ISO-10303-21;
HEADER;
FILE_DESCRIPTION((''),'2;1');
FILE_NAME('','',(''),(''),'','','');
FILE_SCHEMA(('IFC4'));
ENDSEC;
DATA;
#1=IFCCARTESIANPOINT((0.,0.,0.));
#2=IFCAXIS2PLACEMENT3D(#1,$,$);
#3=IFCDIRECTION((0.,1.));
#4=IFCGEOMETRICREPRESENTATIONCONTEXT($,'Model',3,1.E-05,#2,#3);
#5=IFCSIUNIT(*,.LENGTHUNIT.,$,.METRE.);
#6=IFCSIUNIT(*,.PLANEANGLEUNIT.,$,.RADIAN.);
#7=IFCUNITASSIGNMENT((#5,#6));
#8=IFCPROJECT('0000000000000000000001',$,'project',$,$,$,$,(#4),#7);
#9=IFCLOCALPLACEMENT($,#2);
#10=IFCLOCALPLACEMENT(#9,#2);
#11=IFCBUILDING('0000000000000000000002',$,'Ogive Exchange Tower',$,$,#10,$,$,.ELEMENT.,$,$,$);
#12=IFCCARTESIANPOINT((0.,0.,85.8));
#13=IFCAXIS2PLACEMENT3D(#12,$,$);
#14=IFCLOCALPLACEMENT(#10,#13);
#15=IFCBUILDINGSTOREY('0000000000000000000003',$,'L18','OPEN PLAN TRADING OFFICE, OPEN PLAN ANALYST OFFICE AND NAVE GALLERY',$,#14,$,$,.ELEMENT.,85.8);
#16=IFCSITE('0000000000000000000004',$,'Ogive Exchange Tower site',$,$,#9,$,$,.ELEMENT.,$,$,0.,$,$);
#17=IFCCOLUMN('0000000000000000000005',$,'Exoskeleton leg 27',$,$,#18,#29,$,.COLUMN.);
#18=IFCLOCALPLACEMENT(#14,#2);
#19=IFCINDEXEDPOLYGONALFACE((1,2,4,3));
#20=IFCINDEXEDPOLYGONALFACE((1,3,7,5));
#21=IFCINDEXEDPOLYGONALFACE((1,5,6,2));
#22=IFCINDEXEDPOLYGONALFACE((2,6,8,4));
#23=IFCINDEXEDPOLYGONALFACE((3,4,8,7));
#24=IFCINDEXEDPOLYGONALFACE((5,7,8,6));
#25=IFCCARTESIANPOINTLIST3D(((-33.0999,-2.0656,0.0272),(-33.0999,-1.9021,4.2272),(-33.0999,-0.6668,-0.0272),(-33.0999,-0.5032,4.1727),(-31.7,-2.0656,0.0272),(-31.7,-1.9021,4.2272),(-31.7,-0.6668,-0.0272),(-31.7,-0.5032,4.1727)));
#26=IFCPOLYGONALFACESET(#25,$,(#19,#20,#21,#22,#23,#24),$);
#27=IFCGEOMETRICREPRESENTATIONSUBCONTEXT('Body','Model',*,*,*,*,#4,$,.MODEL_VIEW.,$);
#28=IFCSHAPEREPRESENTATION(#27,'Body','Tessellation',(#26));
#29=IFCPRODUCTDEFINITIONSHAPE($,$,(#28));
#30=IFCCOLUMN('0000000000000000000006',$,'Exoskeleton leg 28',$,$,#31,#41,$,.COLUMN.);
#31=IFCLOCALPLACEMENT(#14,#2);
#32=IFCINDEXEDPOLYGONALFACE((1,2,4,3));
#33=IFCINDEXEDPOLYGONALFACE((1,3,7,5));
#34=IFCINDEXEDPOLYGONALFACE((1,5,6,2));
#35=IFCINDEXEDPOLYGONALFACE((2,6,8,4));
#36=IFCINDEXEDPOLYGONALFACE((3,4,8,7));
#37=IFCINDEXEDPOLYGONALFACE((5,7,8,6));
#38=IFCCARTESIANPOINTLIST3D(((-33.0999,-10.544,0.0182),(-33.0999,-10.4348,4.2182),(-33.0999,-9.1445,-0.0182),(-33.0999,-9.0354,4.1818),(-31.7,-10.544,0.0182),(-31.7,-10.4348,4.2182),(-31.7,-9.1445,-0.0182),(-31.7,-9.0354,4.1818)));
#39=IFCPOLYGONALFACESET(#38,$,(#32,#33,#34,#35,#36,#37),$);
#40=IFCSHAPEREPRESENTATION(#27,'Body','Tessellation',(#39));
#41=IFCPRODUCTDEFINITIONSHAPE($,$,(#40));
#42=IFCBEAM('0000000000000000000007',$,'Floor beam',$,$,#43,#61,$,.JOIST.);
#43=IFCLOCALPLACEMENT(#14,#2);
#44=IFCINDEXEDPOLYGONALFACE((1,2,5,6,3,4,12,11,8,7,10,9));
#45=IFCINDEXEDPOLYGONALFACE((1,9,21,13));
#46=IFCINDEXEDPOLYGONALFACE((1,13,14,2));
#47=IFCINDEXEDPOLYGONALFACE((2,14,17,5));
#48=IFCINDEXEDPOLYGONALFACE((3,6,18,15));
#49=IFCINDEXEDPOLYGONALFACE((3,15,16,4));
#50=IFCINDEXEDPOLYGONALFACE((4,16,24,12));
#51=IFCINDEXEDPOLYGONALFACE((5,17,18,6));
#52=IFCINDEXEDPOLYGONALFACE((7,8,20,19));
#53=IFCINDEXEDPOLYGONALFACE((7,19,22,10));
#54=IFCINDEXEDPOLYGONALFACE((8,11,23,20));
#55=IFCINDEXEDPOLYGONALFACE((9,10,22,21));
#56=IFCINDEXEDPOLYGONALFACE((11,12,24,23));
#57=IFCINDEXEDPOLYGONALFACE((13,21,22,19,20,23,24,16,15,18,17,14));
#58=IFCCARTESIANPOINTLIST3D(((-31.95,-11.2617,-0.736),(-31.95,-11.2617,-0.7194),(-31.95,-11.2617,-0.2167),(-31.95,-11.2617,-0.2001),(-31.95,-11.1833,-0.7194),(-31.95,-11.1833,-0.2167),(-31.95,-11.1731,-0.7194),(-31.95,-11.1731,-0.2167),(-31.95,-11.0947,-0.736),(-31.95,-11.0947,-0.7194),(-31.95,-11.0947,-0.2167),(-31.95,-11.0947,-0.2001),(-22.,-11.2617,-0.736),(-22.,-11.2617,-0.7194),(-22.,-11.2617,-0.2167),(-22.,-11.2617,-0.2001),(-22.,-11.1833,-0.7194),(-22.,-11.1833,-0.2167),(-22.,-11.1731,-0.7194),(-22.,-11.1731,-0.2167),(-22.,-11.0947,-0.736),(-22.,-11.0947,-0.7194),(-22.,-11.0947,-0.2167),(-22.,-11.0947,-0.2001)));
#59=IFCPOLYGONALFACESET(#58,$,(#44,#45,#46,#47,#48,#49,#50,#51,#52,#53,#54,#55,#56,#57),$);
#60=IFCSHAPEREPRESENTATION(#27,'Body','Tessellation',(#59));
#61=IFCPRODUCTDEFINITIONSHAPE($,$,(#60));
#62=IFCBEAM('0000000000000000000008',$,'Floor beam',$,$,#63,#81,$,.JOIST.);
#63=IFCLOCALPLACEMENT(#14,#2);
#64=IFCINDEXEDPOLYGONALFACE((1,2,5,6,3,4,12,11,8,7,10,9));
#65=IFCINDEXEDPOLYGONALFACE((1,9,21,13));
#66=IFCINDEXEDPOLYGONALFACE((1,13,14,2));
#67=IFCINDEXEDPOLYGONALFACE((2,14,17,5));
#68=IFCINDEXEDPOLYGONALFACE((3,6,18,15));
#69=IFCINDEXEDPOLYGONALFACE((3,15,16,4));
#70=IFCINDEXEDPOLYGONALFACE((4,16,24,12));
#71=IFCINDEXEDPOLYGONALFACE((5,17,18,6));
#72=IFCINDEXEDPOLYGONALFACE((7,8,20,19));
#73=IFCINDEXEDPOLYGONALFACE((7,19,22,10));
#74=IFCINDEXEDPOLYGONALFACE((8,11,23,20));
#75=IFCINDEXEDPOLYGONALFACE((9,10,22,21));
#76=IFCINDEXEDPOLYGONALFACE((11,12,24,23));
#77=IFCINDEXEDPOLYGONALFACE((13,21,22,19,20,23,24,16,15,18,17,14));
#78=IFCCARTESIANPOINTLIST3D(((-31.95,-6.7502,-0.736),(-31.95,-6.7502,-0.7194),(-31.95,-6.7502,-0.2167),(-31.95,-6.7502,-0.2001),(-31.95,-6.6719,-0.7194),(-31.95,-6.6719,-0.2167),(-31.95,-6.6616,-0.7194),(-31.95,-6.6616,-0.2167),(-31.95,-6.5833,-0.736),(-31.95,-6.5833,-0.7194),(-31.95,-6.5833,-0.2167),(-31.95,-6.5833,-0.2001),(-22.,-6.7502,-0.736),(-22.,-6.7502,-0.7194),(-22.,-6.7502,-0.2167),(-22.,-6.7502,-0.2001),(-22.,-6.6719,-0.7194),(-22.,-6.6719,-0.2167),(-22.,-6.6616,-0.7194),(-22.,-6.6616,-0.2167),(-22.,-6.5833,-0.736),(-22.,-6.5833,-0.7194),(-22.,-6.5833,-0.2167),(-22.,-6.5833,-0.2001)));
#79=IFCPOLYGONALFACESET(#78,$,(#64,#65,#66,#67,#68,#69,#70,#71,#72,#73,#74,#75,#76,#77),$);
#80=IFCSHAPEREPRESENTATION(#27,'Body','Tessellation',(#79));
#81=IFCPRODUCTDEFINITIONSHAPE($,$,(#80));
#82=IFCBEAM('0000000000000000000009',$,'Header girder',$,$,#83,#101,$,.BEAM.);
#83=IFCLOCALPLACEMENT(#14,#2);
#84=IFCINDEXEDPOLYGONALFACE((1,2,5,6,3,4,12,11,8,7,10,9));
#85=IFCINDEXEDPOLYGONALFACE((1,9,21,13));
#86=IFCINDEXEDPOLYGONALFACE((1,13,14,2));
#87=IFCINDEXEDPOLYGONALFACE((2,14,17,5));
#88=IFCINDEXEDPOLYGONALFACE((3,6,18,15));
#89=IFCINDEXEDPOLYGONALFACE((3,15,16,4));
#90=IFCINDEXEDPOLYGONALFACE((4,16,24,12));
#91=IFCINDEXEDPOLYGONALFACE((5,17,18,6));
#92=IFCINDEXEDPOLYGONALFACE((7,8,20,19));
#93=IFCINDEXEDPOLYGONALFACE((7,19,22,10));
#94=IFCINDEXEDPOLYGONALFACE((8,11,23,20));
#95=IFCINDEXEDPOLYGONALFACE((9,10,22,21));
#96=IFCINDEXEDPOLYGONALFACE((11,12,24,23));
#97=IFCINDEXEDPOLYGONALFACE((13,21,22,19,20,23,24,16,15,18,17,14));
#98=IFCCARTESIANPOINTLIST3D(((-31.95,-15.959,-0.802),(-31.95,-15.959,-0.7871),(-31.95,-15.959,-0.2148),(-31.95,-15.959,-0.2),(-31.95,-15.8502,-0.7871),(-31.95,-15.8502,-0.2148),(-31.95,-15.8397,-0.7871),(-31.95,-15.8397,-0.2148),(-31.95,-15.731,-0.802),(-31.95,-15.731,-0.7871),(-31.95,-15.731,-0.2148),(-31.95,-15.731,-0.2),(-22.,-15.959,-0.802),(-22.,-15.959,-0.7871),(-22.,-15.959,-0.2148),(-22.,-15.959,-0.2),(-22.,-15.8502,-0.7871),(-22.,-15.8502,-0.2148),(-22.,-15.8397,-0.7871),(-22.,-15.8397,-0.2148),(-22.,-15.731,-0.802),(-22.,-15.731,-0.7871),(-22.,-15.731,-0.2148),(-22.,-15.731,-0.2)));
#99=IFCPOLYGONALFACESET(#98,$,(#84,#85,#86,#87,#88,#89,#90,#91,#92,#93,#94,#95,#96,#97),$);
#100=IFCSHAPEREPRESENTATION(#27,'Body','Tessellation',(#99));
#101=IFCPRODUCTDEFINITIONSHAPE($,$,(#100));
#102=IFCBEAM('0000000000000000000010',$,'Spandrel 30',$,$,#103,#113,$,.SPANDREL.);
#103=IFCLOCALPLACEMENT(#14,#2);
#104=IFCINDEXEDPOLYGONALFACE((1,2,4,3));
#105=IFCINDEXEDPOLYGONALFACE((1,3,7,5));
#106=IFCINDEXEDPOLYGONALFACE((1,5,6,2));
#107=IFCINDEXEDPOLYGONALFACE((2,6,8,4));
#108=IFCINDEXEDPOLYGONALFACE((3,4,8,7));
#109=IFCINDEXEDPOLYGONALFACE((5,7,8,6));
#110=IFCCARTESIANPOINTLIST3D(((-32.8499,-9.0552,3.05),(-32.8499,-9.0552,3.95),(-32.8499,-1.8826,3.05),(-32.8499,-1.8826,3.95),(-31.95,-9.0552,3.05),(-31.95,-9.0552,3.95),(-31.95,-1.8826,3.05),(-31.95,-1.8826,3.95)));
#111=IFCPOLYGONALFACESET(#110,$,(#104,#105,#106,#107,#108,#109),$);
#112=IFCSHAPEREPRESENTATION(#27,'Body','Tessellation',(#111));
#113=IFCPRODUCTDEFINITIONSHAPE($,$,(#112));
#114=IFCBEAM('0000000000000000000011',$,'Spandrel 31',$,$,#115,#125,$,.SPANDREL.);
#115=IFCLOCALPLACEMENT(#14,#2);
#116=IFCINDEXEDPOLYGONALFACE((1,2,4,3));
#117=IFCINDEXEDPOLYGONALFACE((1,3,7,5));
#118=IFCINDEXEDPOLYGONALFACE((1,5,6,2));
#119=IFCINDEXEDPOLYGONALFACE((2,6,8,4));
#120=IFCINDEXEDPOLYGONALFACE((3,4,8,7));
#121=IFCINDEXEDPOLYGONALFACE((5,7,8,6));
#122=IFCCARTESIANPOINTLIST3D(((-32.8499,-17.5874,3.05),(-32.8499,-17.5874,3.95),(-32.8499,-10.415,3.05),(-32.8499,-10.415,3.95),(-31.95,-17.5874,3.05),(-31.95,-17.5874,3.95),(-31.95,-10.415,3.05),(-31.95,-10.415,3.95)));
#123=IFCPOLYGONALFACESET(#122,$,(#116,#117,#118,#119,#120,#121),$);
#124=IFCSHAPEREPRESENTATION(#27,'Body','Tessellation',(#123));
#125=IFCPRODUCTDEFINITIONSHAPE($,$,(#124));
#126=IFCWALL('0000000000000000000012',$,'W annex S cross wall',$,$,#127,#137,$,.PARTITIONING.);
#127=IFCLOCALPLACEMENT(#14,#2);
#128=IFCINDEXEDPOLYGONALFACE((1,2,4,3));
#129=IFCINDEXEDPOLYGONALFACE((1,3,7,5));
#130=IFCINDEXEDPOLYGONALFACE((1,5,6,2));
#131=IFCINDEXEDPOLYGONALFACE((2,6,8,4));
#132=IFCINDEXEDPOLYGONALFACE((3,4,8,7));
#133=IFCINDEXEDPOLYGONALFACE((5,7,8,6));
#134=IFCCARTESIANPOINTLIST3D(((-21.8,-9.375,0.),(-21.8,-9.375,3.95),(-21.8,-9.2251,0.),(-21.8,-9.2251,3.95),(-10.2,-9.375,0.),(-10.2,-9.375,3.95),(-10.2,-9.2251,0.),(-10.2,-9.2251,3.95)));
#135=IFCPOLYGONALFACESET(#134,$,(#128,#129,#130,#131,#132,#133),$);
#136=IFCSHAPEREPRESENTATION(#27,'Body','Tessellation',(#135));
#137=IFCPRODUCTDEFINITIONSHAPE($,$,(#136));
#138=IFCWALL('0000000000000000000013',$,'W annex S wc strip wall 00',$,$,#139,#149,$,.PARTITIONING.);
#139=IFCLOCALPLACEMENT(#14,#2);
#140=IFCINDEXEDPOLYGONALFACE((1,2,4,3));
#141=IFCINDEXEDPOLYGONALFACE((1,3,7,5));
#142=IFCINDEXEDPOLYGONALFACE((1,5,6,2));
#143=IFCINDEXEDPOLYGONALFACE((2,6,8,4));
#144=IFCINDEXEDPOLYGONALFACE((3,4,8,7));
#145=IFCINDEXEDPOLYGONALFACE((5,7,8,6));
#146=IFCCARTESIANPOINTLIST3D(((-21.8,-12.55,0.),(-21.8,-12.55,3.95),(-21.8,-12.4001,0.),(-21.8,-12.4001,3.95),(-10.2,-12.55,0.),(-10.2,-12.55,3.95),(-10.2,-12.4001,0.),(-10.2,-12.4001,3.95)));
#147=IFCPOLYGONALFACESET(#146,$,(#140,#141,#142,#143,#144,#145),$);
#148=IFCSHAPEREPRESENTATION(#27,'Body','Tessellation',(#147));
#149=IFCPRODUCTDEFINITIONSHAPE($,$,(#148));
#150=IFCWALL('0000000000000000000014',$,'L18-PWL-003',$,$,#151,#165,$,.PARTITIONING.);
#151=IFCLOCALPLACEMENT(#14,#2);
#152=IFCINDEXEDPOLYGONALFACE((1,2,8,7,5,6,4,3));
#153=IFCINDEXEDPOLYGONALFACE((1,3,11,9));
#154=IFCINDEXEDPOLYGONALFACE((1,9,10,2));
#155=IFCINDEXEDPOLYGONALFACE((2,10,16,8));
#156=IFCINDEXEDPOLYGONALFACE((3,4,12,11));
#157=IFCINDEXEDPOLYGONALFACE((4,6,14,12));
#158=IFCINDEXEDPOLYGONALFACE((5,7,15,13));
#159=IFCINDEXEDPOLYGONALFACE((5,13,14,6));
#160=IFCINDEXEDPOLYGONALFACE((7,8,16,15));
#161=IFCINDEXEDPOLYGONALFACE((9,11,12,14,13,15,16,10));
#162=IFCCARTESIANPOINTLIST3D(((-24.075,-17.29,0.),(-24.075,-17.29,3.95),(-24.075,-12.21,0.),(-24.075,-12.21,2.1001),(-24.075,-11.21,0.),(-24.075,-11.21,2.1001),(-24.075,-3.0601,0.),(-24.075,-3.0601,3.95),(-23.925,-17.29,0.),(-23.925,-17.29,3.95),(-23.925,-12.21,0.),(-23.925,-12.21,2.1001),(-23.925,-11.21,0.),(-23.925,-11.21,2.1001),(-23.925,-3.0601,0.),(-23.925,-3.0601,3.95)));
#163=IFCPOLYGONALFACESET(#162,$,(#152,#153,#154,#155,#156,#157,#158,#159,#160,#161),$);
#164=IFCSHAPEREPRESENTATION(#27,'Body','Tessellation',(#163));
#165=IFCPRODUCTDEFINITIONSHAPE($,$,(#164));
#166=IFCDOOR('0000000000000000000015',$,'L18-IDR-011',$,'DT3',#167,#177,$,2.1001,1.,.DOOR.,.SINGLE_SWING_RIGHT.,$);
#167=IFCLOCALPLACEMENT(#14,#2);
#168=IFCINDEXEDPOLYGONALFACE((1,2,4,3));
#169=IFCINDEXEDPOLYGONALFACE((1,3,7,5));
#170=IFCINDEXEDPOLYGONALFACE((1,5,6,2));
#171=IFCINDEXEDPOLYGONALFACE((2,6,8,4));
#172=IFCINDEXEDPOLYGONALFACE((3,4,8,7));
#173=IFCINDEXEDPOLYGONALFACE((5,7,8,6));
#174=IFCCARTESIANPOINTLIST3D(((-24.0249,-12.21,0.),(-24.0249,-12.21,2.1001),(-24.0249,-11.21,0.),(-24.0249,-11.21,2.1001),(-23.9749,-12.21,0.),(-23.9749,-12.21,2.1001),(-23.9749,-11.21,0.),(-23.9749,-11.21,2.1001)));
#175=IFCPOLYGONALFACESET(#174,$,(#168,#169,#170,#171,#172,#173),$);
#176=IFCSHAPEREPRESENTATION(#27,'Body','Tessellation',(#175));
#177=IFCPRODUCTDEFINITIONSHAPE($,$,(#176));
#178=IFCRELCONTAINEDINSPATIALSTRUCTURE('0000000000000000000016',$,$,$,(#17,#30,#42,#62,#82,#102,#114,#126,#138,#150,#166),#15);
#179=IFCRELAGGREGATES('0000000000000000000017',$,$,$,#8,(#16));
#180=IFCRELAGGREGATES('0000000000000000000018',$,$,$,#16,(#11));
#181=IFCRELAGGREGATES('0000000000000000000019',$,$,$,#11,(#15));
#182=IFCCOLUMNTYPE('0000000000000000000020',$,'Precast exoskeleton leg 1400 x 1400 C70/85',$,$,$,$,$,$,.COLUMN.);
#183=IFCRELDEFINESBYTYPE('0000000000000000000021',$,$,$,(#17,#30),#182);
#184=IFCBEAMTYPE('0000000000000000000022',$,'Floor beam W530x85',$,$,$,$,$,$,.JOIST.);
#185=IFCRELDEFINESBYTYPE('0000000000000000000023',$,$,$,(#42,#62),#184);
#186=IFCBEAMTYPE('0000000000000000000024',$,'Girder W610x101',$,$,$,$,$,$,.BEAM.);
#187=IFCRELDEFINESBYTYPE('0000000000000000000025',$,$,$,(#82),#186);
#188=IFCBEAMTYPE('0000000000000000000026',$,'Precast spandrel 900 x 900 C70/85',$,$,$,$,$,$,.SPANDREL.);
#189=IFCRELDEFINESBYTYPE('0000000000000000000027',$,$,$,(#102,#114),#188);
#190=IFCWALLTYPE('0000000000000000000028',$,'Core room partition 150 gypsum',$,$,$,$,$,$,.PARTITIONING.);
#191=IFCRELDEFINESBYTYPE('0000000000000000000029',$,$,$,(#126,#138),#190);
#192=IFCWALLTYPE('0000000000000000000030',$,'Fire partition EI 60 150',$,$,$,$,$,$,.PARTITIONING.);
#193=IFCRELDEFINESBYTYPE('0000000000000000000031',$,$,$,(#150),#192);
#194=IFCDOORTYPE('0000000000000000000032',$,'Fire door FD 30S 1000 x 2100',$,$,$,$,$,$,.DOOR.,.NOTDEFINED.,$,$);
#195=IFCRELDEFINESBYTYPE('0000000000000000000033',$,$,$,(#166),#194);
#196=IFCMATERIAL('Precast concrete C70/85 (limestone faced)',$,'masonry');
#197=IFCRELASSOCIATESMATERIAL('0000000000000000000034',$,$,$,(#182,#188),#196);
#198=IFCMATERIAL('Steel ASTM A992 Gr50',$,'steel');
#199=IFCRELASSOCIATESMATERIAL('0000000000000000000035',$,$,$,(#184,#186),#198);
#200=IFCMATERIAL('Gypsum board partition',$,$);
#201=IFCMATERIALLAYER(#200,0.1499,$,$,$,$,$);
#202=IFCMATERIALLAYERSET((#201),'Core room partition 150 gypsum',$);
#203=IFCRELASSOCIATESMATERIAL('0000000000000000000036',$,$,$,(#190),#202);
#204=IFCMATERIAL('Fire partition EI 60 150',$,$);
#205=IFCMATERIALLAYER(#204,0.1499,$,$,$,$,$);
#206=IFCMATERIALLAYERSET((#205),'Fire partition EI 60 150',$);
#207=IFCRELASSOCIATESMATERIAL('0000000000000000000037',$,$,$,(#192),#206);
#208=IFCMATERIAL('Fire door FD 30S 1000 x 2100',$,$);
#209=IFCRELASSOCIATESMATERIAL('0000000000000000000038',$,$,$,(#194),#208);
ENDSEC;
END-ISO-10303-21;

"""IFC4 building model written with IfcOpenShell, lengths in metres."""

from ifc_helpers import new_model, si_unit, direction, frame, frame_2d, origin, origin_2d, place, context, subcontext, project, spatial, rectangle, i_section, extrude, material, layer, layer_set, material_profile, profile_set, type_object, element, fill, save


model = new_model("IFC4")

# Units and contexts
model_context = context("Model", 3, precision=1e-05, world=origin(), true_north=direction((0.0, 1.0)))
body_context = subcontext(model_context, "Body", "Model", "MODEL_VIEW")
ifc_project = project(units=[si_unit("LENGTHUNIT", "METRE"), si_unit("PLANEANGLEUNIT", "RADIAN")], contexts=[model_context])

# Site, building, storey
site_placement = place(None, origin())
site = spatial("IfcSite", under=ifc_project, at=site_placement, Name="Ogive Exchange Tower site", CompositionType="ELEMENT", RefElevation=0.0)
building_placement = place(site_placement, origin())
building = spatial("IfcBuilding", under=site, at=building_placement, Name="Ogive Exchange Tower", CompositionType="ELEMENT")
storey_placement = place(building_placement, frame((0.0, 0.0, 85.8)))
storey = spatial("IfcBuildingStorey", under=building, at=storey_placement, Name="L18", Description="OPEN PLAN TRADING OFFICE, OPEN PLAN ANALYST OFFICE AND NAVE GALLERY", CompositionType="ELEMENT", Elevation=85.8)

# Columns
ifc_material_1 = material(Name="Precast concrete C70/85 (limestone faced)", Category="masonry")
ifc_material_profile_1 = material_profile(ifc_material_1, rectangle(XDim=1.3999, YDim=1.3999, at=origin_2d()), Name="1400 x 1400")
ifc_profile_set_1 = profile_set([ifc_material_profile_1], Name="Precast concrete C70/85 (limestone faced)")
column_type = type_object("IfcColumnType", Name="Precast exoskeleton leg 1400 x 1400 C70/85", PredefinedType="COLUMN", material=ifc_profile_set_1)
column_1_placement = place(storey_placement, frame((-32.3999, -1.3662, 0.0), z_axis=(0.0, 0.038917, 0.999242), x_axis=(-1.0, 0.0, 0.0)))
element("IfcColumn", 1, at=column_1_placement, inside=storey, type_object=column_type, Name="Exoskeleton leg 27", PredefinedType="COLUMN", context=body_context, shape_type="SweptSolid", body=[
    extrude(rectangle(XDim=1.3999, YDim=1.3999, at=origin_2d()), origin(), (0.0, 0.0, 1.0), 4.2031),
])
column_2_placement = place(storey_placement, frame((-32.3999, -9.8442, 0.0), z_axis=(0.0, 0.025975, 0.999663), x_axis=(-1.0, 0.0, 0.0)))
element("IfcColumn", 2, at=column_2_placement, inside=storey, type_object=column_type, Name="Exoskeleton leg 28", PredefinedType="COLUMN", context=body_context, shape_type="SweptSolid", body=[
    extrude(rectangle(XDim=1.3999, YDim=1.3999, at=origin_2d()), origin(), (0.0, 0.0, 1.0), 4.2014),
])

# Beams
ifc_material_2 = material(Name="Steel ASTM A992 Gr50", Category="steel")
ifc_material_profile_2 = material_profile(ifc_material_2, i_section(OverallWidth=0.167, OverallDepth=0.5359, WebThickness=0.0103, FlangeThickness=0.0166, at=origin_2d()), Name="W530x85")
ifc_profile_set_2 = profile_set([ifc_material_profile_2], Name="Steel ASTM A992 Gr50")
beam_type_1 = type_object("IfcBeamType", Name="Floor beam W530x85", PredefinedType="JOIST", material=ifc_profile_set_2)
for number, where, z_axis, x_axis, name in (
    (3, (-31.95, -11.1782, -0.468), (1.0, 0.0, 0.0), (0.0, 1.0, 0.0), "Floor beam"),
    (4, (-31.95, -6.6667, -0.468), (1.0, 0.0, 0.0), (0.0, 1.0, 0.0), "Floor beam"),
):
    element("IfcBeam", number, at=place(storey_placement, frame(where, z_axis=z_axis, x_axis=x_axis)), inside=storey, type_object=beam_type_1, Name=name, PredefinedType="JOIST", context=body_context, shape_type="SweptSolid", body=[
        extrude(i_section(OverallWidth=0.167, OverallDepth=0.5359, WebThickness=0.0103, FlangeThickness=0.0166, at=origin_2d()), origin(), (0.0, 0.0, 1.0), 9.95),
    ])
ifc_material_profile_3 = material_profile(ifc_material_2, i_section(OverallWidth=0.228, OverallDepth=0.6021, WebThickness=0.0105, FlangeThickness=0.0149, at=origin_2d()), Name="W610x101")
ifc_profile_set_3 = profile_set([ifc_material_profile_3], Name="Steel ASTM A992 Gr50")
beam_type_2 = type_object("IfcBeamType", Name="Girder W610x101", PredefinedType="BEAM", material=ifc_profile_set_3)
beam_1_placement = place(storey_placement, frame((-31.95, -15.845, -0.501), z_axis=(1.0, 0.0, 0.0), x_axis=(0.0, 1.0, 0.0)))
element("IfcBeam", 5, at=beam_1_placement, inside=storey, type_object=beam_type_2, Name="Header girder", PredefinedType="BEAM", context=body_context, shape_type="SweptSolid", body=[
    extrude(i_section(OverallWidth=0.228, OverallDepth=0.6021, WebThickness=0.0105, FlangeThickness=0.0149, at=origin_2d()), origin(), (0.0, 0.0, 1.0), 9.95),
])
ifc_material_profile_4 = material_profile(ifc_material_1, rectangle(XDim=0.8999, YDim=0.8999, at=origin_2d()), Name="900 x 900")
ifc_profile_set_4 = profile_set([ifc_material_profile_4], Name="Precast concrete C70/85 (limestone faced)")
beam_type_3 = type_object("IfcBeamType", Name="Precast spandrel 900 x 900 C70/85", PredefinedType="SPANDREL", material=ifc_profile_set_4)
beam_2_placement = place(storey_placement, frame((-32.3999, -1.8826, 3.5), z_axis=(0.0, -1.0, 0.0), x_axis=(1.0, 0.0, 0.0)))
element("IfcBeam", 6, at=beam_2_placement, inside=storey, type_object=beam_type_3, Name="Spandrel 30", PredefinedType="SPANDREL", context=body_context, shape_type="SweptSolid", body=[
    extrude(rectangle(XDim=0.8999, YDim=0.8999, at=origin_2d()), origin(), (0.0, 0.0, 1.0), 7.1726),
])
beam_3_placement = place(storey_placement, frame((-32.3999, -10.415, 3.5), z_axis=(0.0, -1.0, 0.0), x_axis=(1.0, 0.0, 0.0)))
element("IfcBeam", 7, at=beam_3_placement, inside=storey, type_object=beam_type_3, Name="Spandrel 31", PredefinedType="SPANDREL", context=body_context, shape_type="SweptSolid", body=[
    extrude(rectangle(XDim=0.8999, YDim=0.8999, at=origin_2d()), origin(), (0.0, 0.0, 1.0), 7.1724),
])

# Walls
ifc_material_3 = material(Name="Gypsum board partition")
ifc_layer_1 = layer(ifc_material_3, 0.1499)
ifc_layer_set_1 = layer_set([ifc_layer_1], Name="Core room partition 150 gypsum")
wall_type_1 = type_object("IfcWallType", Name="Core room partition 150 gypsum", PredefinedType="PARTITIONING", material=ifc_layer_set_1)
for number, where, z_axis, x_axis, name in (
    (8, (-21.8, -9.3, 0.0), (0.0, 0.0, 1.0), (1.0, 0.0, 0.0), "W annex S cross wall"),
    (9, (-21.8, -12.4751, 0.0), (0.0, 0.0, 1.0), (1.0, 0.0, 0.0), "W annex S wc strip wall 00"),
):
    element("IfcWall", number, at=place(storey_placement, frame(where, z_axis=z_axis, x_axis=x_axis)), inside=storey, type_object=wall_type_1, Name=name, PredefinedType="PARTITIONING", context=body_context, shape_type="SweptSolid", body=[
        extrude(rectangle(XDim=11.6001, YDim=0.1499, at=frame_2d((5.8, 0.0))), origin(), (0.0, 0.0, 1.0), 3.95),
    ])

# Wall, opening, door
ifc_material_4 = material(Name="Fire partition EI 60 150")
ifc_layer_2 = layer(ifc_material_4, 0.1499)
ifc_layer_set_2 = layer_set([ifc_layer_2], Name="Fire partition EI 60 150")
wall_type_2 = type_object("IfcWallType", Name="Fire partition EI 60 150", PredefinedType="PARTITIONING", material=ifc_layer_set_2)
wall_1_placement = place(storey_placement, frame((-24.0, -17.29, 0.0), z_axis=(0.0, 0.0, 1.0), x_axis=(0.0, 1.0, 0.0)))
wall_1 = element("IfcWall", 10, at=wall_1_placement, inside=storey, type_object=wall_type_2, Name="L18-PWL-003", PredefinedType="PARTITIONING", context=body_context, shape_type="SweptSolid", body=[
    extrude(rectangle(XDim=14.23, YDim=0.1499, at=frame_2d((7.115, 0.0))), origin(), (0.0, 0.0, 1.0), 3.95),
])
opening_1_placement = place(wall_1_placement, frame((5.0801, 0.0, 0.0)))
opening_1 = element("IfcOpeningElement", 11, at=opening_1_placement, cuts=wall_1, PredefinedType="OPENING", context=body_context, shape_type="SweptSolid", body=[
    extrude(rectangle(XDim=1.0, YDim=2.1001, at=frame_2d((0.5, 1.05))), frame((0.0, 0.085, 0.0), z_axis=(0.0, -1.0, 0.0), x_axis=(1.0, 0.0, 0.0)), (0.0, 0.0, 1.0), 0.1699),
])
ifc_material_5 = material(Name="Fire door FD 30S 1000 x 2100")
door_type_1 = type_object("IfcDoorType", Name="Fire door FD 30S 1000 x 2100", OperationType="NOTDEFINED", PredefinedType="DOOR", material=ifc_material_5)
door_1_placement = place(opening_1_placement, origin())
door_1 = element("IfcDoor", 12, at=door_1_placement, inside=storey, type_object=door_type_1, Name="L18-IDR-011", ObjectType="DT3", OperationType="SINGLE_SWING_RIGHT", OverallHeight=2.1001, OverallWidth=1.0, PredefinedType="DOOR", context=body_context, shape_type="SweptSolid", body=[
    extrude(rectangle(XDim=1.0, YDim=2.1001, at=frame_2d((0.5, 1.05))), frame((0.0, 0.0249, 0.0), z_axis=(0.0, -1.0, 0.0), x_axis=(1.0, 0.0, 0.0)), (0.0, 0.0, 1.0), 0.05),
])
fill(opening_1, door_1)

save(model, "model.ifc")
